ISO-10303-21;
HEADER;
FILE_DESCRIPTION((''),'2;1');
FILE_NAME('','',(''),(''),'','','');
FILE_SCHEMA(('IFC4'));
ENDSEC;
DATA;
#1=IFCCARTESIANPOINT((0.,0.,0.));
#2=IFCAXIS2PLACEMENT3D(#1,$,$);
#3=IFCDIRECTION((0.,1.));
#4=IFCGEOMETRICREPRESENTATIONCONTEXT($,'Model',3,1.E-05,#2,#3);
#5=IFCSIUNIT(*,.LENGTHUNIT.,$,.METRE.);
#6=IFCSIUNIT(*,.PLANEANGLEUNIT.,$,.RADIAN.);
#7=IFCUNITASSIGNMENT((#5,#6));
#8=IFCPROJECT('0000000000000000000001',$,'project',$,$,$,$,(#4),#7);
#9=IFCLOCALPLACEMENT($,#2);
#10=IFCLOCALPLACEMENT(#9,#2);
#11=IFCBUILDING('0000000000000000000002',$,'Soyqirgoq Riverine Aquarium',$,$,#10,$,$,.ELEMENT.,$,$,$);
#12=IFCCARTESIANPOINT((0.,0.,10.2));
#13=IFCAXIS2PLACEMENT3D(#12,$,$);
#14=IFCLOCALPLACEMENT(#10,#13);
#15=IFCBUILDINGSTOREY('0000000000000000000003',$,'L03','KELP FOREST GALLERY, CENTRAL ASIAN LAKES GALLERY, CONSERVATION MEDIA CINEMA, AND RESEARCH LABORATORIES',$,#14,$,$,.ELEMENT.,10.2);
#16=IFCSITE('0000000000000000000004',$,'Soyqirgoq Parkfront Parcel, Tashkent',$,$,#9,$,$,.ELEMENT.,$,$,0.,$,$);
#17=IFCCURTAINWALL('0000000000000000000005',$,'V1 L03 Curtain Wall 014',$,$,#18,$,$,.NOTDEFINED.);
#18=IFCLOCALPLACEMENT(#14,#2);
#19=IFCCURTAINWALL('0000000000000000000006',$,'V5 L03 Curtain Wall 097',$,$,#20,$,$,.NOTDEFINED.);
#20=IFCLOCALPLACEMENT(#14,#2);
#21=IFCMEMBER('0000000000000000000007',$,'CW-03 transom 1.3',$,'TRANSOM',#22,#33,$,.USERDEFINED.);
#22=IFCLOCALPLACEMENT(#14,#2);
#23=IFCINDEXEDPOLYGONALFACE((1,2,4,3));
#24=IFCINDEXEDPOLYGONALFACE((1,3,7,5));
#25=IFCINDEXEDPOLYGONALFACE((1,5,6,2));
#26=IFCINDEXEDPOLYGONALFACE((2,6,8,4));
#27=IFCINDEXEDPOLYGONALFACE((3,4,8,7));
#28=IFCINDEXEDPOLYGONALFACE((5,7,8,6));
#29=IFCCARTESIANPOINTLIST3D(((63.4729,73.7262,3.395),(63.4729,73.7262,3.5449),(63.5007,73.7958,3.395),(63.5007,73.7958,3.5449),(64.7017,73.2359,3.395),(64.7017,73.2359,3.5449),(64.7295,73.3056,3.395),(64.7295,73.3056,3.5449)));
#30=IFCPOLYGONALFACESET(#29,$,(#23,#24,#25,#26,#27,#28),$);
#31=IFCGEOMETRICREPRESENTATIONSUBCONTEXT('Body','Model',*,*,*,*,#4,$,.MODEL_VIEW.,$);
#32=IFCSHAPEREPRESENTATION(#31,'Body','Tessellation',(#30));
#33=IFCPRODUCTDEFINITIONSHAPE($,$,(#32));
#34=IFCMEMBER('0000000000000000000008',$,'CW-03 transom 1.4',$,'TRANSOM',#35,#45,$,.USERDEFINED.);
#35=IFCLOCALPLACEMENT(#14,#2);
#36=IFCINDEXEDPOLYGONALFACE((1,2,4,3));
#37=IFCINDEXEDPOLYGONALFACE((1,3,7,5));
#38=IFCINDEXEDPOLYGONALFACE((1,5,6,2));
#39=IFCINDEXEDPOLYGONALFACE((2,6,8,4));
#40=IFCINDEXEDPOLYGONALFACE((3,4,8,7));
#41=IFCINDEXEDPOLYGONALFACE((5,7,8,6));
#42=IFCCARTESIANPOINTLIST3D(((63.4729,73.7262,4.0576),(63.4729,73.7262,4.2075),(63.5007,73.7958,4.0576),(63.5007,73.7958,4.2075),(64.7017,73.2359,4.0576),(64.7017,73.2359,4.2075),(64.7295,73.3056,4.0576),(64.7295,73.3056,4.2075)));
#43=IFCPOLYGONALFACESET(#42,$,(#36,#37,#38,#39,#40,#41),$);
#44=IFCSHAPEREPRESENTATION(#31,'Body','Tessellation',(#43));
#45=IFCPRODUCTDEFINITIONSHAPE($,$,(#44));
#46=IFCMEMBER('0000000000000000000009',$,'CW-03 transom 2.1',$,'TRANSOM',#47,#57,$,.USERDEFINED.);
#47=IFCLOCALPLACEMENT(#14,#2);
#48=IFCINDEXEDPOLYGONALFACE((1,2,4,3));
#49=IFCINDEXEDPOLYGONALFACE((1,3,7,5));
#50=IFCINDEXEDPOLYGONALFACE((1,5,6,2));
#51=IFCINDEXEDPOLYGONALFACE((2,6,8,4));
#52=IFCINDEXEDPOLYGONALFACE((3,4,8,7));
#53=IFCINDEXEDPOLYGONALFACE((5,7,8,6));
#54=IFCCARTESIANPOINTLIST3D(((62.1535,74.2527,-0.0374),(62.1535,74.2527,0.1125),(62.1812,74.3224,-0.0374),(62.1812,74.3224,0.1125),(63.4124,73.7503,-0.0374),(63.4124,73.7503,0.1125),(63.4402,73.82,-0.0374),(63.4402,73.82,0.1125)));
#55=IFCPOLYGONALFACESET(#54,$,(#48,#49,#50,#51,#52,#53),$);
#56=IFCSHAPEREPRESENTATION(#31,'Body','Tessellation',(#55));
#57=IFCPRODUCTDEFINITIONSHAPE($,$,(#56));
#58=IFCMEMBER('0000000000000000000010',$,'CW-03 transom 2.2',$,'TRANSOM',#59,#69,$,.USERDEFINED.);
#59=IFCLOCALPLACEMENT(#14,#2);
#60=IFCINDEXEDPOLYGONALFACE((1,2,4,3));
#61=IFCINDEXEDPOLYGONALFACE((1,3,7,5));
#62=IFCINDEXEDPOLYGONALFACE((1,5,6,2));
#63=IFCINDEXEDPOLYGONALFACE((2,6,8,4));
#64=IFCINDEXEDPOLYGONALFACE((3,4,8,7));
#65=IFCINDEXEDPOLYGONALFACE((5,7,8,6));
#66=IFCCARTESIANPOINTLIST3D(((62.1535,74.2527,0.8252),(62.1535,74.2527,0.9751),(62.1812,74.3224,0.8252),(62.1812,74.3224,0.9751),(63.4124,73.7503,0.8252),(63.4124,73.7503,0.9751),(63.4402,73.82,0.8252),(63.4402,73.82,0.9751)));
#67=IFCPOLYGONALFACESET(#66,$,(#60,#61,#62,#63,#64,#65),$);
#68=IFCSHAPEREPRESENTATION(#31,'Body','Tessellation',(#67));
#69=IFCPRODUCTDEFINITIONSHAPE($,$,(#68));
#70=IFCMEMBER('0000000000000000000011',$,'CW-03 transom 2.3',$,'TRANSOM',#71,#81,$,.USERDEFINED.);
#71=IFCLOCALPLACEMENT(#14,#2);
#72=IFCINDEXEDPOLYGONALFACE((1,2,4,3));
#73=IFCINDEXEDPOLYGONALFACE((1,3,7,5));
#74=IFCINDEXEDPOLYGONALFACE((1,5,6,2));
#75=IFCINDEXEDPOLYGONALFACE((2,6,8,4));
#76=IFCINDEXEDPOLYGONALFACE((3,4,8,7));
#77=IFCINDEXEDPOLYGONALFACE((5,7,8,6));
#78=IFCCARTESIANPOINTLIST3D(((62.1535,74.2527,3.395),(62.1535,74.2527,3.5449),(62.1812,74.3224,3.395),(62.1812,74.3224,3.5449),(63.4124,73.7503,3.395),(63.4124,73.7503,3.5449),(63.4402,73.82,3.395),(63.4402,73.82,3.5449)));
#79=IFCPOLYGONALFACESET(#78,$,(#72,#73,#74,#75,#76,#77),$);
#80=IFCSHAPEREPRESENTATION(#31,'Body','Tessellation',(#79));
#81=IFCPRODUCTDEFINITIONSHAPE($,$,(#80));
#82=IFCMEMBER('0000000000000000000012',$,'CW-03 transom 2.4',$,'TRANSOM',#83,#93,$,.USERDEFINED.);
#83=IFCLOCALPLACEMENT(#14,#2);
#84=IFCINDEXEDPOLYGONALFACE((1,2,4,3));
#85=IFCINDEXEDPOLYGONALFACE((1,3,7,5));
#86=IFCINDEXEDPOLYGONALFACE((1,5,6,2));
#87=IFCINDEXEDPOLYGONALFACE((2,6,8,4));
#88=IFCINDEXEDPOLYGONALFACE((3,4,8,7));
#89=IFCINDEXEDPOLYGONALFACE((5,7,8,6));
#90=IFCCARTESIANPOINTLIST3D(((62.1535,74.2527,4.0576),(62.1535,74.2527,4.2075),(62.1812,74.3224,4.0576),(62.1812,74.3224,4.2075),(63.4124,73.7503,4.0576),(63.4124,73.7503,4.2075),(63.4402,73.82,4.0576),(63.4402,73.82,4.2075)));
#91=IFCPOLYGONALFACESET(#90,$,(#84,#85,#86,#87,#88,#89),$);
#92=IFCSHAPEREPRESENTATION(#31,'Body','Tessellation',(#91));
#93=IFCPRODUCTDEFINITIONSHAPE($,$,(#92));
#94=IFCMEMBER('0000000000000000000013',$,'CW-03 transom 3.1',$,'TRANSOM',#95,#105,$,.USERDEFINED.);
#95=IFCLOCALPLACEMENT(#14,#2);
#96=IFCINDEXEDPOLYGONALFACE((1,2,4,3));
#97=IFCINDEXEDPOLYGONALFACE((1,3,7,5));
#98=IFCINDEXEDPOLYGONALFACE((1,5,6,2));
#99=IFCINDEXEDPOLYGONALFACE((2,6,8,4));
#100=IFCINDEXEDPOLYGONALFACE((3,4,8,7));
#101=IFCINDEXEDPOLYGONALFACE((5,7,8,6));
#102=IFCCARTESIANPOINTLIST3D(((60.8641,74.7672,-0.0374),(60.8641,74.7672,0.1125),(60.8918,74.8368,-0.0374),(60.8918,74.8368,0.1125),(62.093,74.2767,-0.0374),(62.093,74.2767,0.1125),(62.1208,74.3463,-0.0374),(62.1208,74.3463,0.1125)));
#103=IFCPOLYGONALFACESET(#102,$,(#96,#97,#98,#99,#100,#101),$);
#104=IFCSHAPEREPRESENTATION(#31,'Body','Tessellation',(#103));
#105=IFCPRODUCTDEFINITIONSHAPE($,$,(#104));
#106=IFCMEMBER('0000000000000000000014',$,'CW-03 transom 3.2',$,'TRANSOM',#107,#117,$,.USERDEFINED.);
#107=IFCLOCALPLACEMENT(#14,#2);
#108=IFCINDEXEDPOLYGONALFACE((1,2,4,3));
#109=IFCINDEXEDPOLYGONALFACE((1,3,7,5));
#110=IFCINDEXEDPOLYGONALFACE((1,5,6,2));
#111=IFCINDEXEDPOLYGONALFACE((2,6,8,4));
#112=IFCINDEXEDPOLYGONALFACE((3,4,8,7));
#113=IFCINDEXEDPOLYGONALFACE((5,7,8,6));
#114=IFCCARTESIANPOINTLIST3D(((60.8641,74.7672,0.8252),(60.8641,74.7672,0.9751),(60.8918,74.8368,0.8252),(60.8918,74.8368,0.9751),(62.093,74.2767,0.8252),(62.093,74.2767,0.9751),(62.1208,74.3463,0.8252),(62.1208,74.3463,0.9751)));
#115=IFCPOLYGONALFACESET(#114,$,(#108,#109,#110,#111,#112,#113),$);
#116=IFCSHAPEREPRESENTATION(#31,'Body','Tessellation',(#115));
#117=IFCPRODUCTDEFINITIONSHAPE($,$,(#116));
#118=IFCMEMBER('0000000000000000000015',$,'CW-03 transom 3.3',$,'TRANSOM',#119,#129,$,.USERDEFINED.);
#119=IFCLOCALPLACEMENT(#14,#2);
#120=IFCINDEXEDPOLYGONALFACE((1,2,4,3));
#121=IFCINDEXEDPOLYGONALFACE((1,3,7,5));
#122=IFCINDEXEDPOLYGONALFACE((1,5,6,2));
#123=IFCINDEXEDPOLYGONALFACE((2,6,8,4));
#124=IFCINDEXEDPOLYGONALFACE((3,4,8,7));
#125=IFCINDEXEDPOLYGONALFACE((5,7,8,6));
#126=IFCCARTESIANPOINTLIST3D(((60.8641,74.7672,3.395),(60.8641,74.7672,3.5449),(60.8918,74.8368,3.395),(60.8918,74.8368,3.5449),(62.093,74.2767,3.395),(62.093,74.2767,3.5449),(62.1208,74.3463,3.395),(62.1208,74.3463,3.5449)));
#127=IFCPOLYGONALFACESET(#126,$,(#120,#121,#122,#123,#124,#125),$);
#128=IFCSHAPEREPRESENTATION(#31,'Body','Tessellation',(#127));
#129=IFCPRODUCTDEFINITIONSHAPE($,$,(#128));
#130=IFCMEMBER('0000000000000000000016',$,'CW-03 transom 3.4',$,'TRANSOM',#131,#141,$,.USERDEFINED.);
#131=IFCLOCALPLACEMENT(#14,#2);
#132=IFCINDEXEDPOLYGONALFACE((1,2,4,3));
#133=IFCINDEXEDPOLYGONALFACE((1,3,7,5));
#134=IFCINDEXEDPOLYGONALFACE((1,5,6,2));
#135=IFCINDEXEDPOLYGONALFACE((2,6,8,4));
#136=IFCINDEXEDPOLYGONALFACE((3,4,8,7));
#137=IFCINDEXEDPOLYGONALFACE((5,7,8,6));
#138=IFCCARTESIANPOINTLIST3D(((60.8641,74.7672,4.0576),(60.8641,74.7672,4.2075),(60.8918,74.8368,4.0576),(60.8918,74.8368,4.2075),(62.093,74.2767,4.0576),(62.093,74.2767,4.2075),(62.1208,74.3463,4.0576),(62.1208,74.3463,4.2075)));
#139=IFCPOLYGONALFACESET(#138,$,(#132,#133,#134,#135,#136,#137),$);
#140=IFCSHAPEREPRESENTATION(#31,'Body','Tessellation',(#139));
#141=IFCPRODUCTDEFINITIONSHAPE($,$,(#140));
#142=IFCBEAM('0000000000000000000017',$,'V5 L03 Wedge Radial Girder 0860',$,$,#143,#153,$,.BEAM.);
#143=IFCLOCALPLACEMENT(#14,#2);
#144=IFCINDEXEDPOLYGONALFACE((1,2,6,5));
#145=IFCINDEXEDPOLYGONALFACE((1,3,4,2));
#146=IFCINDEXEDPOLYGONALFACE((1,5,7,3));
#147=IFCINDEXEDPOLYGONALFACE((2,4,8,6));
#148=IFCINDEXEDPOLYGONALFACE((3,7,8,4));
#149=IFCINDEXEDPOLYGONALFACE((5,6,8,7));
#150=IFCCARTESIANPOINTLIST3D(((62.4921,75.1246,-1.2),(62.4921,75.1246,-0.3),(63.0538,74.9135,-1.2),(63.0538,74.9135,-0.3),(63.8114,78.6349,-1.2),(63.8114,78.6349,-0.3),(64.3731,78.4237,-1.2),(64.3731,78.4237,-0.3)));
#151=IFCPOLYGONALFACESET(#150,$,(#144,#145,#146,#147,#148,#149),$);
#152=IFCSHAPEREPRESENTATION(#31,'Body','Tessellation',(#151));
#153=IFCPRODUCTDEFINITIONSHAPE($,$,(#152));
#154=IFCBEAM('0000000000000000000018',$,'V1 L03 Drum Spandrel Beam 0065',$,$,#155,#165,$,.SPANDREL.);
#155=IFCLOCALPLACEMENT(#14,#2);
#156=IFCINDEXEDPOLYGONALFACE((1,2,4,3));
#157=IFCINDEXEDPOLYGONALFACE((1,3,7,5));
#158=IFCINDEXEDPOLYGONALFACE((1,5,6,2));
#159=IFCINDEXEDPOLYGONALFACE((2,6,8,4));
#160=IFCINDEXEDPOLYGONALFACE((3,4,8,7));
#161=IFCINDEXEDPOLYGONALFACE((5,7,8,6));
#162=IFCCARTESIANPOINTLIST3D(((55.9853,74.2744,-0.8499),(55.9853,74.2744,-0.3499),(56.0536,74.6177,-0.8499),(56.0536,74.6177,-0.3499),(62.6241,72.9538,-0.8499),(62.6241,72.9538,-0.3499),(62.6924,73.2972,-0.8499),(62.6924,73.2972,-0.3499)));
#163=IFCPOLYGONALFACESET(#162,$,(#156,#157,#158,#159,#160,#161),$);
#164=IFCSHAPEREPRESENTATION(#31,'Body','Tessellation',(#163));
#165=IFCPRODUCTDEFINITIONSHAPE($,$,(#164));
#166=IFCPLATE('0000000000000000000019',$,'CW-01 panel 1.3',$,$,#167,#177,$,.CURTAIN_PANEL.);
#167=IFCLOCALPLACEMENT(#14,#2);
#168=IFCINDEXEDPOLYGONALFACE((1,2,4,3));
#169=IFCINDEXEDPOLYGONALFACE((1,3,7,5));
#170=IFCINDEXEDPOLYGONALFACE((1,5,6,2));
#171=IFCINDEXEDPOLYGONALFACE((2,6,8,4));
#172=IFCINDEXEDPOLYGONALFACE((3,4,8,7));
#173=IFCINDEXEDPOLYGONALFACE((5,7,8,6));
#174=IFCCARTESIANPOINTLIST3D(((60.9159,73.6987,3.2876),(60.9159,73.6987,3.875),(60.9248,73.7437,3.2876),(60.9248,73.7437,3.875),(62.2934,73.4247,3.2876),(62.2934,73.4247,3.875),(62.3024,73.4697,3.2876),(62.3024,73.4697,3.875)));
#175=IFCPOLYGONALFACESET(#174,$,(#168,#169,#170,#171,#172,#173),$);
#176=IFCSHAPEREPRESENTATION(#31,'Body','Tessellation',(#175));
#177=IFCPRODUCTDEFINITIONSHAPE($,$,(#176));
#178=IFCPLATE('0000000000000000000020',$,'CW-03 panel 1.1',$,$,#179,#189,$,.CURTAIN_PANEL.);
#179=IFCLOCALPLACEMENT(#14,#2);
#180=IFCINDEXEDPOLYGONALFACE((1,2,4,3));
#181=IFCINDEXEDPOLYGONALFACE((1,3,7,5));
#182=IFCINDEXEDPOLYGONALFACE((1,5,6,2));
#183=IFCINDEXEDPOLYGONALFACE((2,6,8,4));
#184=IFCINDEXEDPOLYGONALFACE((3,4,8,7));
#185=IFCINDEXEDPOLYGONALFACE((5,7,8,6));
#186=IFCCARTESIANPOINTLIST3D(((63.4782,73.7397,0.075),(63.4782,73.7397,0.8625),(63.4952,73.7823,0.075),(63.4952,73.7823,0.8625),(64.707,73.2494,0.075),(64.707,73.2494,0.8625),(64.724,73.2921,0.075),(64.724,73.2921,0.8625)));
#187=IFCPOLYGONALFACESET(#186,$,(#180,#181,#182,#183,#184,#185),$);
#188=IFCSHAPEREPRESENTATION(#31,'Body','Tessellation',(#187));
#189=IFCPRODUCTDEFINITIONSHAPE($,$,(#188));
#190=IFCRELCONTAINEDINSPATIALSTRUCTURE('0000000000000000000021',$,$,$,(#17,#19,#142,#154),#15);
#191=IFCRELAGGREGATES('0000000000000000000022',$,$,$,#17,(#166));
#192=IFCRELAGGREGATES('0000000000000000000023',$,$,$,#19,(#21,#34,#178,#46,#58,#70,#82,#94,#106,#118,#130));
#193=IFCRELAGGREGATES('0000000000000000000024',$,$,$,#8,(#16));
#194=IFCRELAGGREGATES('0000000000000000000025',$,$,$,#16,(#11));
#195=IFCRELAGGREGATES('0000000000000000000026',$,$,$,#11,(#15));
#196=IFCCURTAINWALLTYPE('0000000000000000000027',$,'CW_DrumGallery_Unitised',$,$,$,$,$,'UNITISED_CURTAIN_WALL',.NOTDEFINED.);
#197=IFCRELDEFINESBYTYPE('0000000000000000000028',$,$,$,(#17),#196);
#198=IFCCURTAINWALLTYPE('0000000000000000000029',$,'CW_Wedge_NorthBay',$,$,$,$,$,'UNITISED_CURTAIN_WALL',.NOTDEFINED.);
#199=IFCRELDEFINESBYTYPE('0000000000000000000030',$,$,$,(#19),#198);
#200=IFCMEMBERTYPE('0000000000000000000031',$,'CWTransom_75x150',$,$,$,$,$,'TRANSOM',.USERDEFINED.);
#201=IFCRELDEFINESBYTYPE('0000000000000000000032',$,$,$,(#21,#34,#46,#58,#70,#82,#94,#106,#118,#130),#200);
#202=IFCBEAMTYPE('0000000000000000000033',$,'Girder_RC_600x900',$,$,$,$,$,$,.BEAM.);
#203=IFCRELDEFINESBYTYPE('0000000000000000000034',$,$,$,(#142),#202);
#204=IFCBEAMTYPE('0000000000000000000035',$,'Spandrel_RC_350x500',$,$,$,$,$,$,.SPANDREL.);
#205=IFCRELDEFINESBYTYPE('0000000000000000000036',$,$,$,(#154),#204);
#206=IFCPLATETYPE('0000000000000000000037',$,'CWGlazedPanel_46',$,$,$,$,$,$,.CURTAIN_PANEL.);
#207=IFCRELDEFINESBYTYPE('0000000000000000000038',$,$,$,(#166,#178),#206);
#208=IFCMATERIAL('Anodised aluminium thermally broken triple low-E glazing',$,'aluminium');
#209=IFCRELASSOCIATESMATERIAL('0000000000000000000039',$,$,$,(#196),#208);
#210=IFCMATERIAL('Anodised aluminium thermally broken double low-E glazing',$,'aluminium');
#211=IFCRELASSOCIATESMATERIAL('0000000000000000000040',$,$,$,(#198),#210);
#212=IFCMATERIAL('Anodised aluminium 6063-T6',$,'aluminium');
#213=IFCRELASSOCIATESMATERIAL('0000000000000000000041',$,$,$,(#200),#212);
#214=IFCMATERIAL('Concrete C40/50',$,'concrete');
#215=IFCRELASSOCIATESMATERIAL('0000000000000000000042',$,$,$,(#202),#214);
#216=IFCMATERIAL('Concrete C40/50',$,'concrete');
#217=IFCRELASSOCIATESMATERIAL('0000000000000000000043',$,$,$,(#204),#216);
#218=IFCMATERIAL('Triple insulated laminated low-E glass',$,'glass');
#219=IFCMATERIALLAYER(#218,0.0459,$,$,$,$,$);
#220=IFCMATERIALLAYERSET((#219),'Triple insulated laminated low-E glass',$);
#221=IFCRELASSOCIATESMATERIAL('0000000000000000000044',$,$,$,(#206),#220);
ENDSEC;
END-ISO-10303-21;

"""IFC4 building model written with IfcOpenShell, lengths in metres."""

from ifc_helpers import new_model, si_unit, direction, frame, origin, origin_2d, place, context, subcontext, project, spatial, rectangle, extrude, material, layer, layer_set, material_profile, profile_set, type_object, element, aggregate, save


model = new_model("IFC4")

# Units and contexts
model_context = context("Model", 3, precision=1e-05, world=origin(), true_north=direction((0.0, 1.0)))
body_context = subcontext(model_context, "Body", "Model", "MODEL_VIEW")
ifc_project = project(units=[si_unit("LENGTHUNIT", "METRE"), si_unit("PLANEANGLEUNIT", "RADIAN")], contexts=[model_context])

# Site, building, storey
site_placement = place(None, origin())
site = spatial("IfcSite", under=ifc_project, at=site_placement, Name="Soyqirgoq Parkfront Parcel, Tashkent", CompositionType="ELEMENT", RefElevation=0.0)
building_placement = place(site_placement, origin())
building = spatial("IfcBuilding", under=site, at=building_placement, Name="Soyqirgoq Riverine Aquarium", CompositionType="ELEMENT")
storey_placement = place(building_placement, frame((0.0, 0.0, 10.2)))
storey = spatial("IfcBuildingStorey", under=building, at=storey_placement, Name="L03", Description="KELP FOREST GALLERY, CENTRAL ASIAN LAKES GALLERY, CONSERVATION MEDIA CINEMA, AND RESEARCH LABORATORIES", CompositionType="ELEMENT", Elevation=10.2)

# Curtain wall
ifc_material_1 = material(Name="Anodised aluminium thermally broken triple low-E glazing", Category="aluminium")
curtain_wall_type_1 = type_object("IfcCurtainWallType", Name="CW_DrumGallery_Unitised", ElementType="UNITISED_CURTAIN_WALL", PredefinedType="NOTDEFINED", material=ifc_material_1)
curtain_wall_1_placement = place(storey_placement, origin())
curtain_wall_1 = element("IfcCurtainWall", 1, at=curtain_wall_1_placement, inside=storey, type_object=curtain_wall_type_1, Name="V1 L03 Curtain Wall 014", PredefinedType="NOTDEFINED")

# Curtain wall
ifc_material_2 = material(Name="Anodised aluminium thermally broken double low-E glazing", Category="aluminium")
curtain_wall_type_2 = type_object("IfcCurtainWallType", Name="CW_Wedge_NorthBay", ElementType="UNITISED_CURTAIN_WALL", PredefinedType="NOTDEFINED", material=ifc_material_2)
curtain_wall_2_placement = place(storey_placement, origin())
curtain_wall_2 = element("IfcCurtainWall", 2, at=curtain_wall_2_placement, inside=storey, type_object=curtain_wall_type_2, Name="V5 L03 Curtain Wall 097", PredefinedType="NOTDEFINED")

# Members
ifc_material_3 = material(Name="Anodised aluminium 6063-T6", Category="aluminium")
ifc_material_profile_1 = material_profile(ifc_material_3, rectangle(XDim=0.075, YDim=0.1499, at=origin_2d()), Name="ALU-T 75x150")
ifc_profile_set_1 = profile_set([ifc_material_profile_1], Name="Anodised aluminium 6063-T6")
member_type_1 = type_object("IfcMemberType", Name="CWTransom_75x150", ElementType="TRANSOM", PredefinedType="USERDEFINED", material=ifc_profile_set_1)
member_1_placement = place(storey_placement, frame((64.7156, 73.2708, 3.47), z_axis=(-0.928807, 0.370563, 0.0), x_axis=(-0.370563, -0.928807, 0.0)))
member_1 = element("IfcMember", 3, at=member_1_placement, type_object=member_type_1, Name="CW-03 transom 1.3", ObjectType="TRANSOM", PredefinedType="USERDEFINED", context=body_context, shape_type="SweptSolid", body=[
    extrude(rectangle(XDim=0.075, YDim=0.1499, at=origin_2d()), origin(), (0.0, 0.0, 1.0), 1.323),
])
member_2_placement = place(storey_placement, frame((64.7156, 73.2708, 4.1326), z_axis=(-0.928807, 0.370563, 0.0), x_axis=(-0.370563, -0.928807, 0.0)))
member_2 = element("IfcMember", 4, at=member_2_placement, type_object=member_type_1, Name="CW-03 transom 1.4", ObjectType="TRANSOM", PredefinedType="USERDEFINED", context=body_context, shape_type="SweptSolid", body=[
    extrude(rectangle(XDim=0.075, YDim=0.1499, at=origin_2d()), origin(), (0.0, 0.0, 1.0), 1.323),
])
member_3_placement = place(storey_placement, frame((63.4263, 73.7852, 0.0376), z_axis=(-0.928774, 0.370645, 0.0), x_axis=(-0.370645, -0.928774, 0.0)))
member_3 = element("IfcMember", 5, at=member_3_placement, type_object=member_type_1, Name="CW-03 transom 2.1", ObjectType="TRANSOM", PredefinedType="USERDEFINED", context=body_context, shape_type="SweptSolid", body=[
    extrude(rectangle(XDim=0.075, YDim=0.1499, at=origin_2d()), origin(), (0.0, 0.0, 1.0), 1.3555),
])
member_4_placement = place(storey_placement, frame((63.4263, 73.7852, 0.9001), z_axis=(-0.928774, 0.370645, 0.0), x_axis=(-0.370645, -0.928774, 0.0)))
member_4 = element("IfcMember", 6, at=member_4_placement, type_object=member_type_1, Name="CW-03 transom 2.2", ObjectType="TRANSOM", PredefinedType="USERDEFINED", context=body_context, shape_type="SweptSolid", body=[
    extrude(rectangle(XDim=0.075, YDim=0.1499, at=origin_2d()), origin(), (0.0, 0.0, 1.0), 1.3555),
])
member_5_placement = place(storey_placement, frame((63.4263, 73.7852, 3.47), z_axis=(-0.928774, 0.370645, 0.0), x_axis=(-0.370645, -0.928774, 0.0)))
member_5 = element("IfcMember", 7, at=member_5_placement, type_object=member_type_1, Name="CW-03 transom 2.3", ObjectType="TRANSOM", PredefinedType="USERDEFINED", context=body_context, shape_type="SweptSolid", body=[
    extrude(rectangle(XDim=0.075, YDim=0.1499, at=origin_2d()), origin(), (0.0, 0.0, 1.0), 1.3555),
])
member_6_placement = place(storey_placement, frame((63.4263, 73.7852, 4.1326), z_axis=(-0.928774, 0.370645, 0.0), x_axis=(-0.370645, -0.928774, 0.0)))
member_6 = element("IfcMember", 8, at=member_6_placement, type_object=member_type_1, Name="CW-03 transom 2.4", ObjectType="TRANSOM", PredefinedType="USERDEFINED", context=body_context, shape_type="SweptSolid", body=[
    extrude(rectangle(XDim=0.075, YDim=0.1499, at=origin_2d()), origin(), (0.0, 0.0, 1.0), 1.3555),
])
member_7_placement = place(storey_placement, frame((62.1069, 74.3115, 0.0376), z_axis=(-0.928769, 0.370659, 0.0), x_axis=(-0.370659, -0.928769, 0.0)))
member_7 = element("IfcMember", 9, at=member_7_placement, type_object=member_type_1, Name="CW-03 transom 3.1", ObjectType="TRANSOM", PredefinedType="USERDEFINED", context=body_context, shape_type="SweptSolid", body=[
    extrude(rectangle(XDim=0.075, YDim=0.1499, at=origin_2d()), origin(), (0.0, 0.0, 1.0), 1.3232),
])
member_8_placement = place(storey_placement, frame((62.1069, 74.3115, 0.9001), z_axis=(-0.928769, 0.370659, 0.0), x_axis=(-0.370659, -0.928769, 0.0)))
member_8 = element("IfcMember", 10, at=member_8_placement, type_object=member_type_1, Name="CW-03 transom 3.2", ObjectType="TRANSOM", PredefinedType="USERDEFINED", context=body_context, shape_type="SweptSolid", body=[
    extrude(rectangle(XDim=0.075, YDim=0.1499, at=origin_2d()), origin(), (0.0, 0.0, 1.0), 1.3232),
])
member_9_placement = place(storey_placement, frame((62.1069, 74.3115, 3.47), z_axis=(-0.928769, 0.370659, 0.0), x_axis=(-0.370659, -0.928769, 0.0)))
member_9 = element("IfcMember", 11, at=member_9_placement, type_object=member_type_1, Name="CW-03 transom 3.3", ObjectType="TRANSOM", PredefinedType="USERDEFINED", context=body_context, shape_type="SweptSolid", body=[
    extrude(rectangle(XDim=0.075, YDim=0.1499, at=origin_2d()), origin(), (0.0, 0.0, 1.0), 1.3232),
])
member_10_placement = place(storey_placement, frame((62.1069, 74.3115, 4.1326), z_axis=(-0.928769, 0.370659, 0.0), x_axis=(-0.370659, -0.928769, 0.0)))
member_10 = element("IfcMember", 12, at=member_10_placement, type_object=member_type_1, Name="CW-03 transom 3.4", ObjectType="TRANSOM", PredefinedType="USERDEFINED", context=body_context, shape_type="SweptSolid", body=[
    extrude(rectangle(XDim=0.075, YDim=0.1499, at=origin_2d()), origin(), (0.0, 0.0, 1.0), 1.3232),
])

# Beams
ifc_material_4 = material(Name="Concrete C40/50", Category="concrete")
ifc_material_profile_2 = material_profile(ifc_material_4, rectangle(XDim=0.6001, YDim=0.8999, at=origin_2d()), Name="RC 600x900")
ifc_profile_set_2 = profile_set([ifc_material_profile_2], Name="Concrete C40/50")
beam_type_1 = type_object("IfcBeamType", Name="Girder_RC_600x900", PredefinedType="BEAM", material=ifc_profile_set_2)
beam_1_placement = place(storey_placement, frame((62.7729, 75.019, -0.75), z_axis=(0.351823, 0.936067, 0.0), x_axis=(-0.936067, 0.351823, 0.0)))
element("IfcBeam", 13, at=beam_1_placement, inside=storey, type_object=beam_type_1, Name="V5 L03 Wedge Radial Girder 0860", PredefinedType="BEAM", context=body_context, shape_type="SweptSolid", body=[
    extrude(rectangle(XDim=0.6001, YDim=0.8999, at=origin_2d()), origin(), (0.0, 0.0, 1.0), 3.75),
])
ifc_material_5 = material(Name="Concrete C40/50", Category="concrete")
ifc_material_profile_3 = material_profile(ifc_material_5, rectangle(XDim=0.3501, YDim=0.5, at=origin_2d()), Name="RC 350x500")
ifc_profile_set_3 = profile_set([ifc_material_profile_3], Name="Concrete C40/50")
beam_type_2 = type_object("IfcBeamType", Name="Spandrel_RC_350x500", PredefinedType="SPANDREL", material=ifc_profile_set_3)
beam_2_placement = place(storey_placement, frame((62.6582, 73.1255, -0.5999), z_axis=(-0.980784, 0.195096, 0.0), x_axis=(-0.195096, -0.980784, 0.0)))
element("IfcBeam", 14, at=beam_2_placement, inside=storey, type_object=beam_type_2, Name="V1 L03 Drum Spandrel Beam 0065", PredefinedType="SPANDREL", context=body_context, shape_type="SweptSolid", body=[
    extrude(rectangle(XDim=0.3501, YDim=0.5, at=origin_2d()), origin(), (0.0, 0.0, 1.0), 6.7688),
])

# Plates
ifc_material_6 = material(Name="Triple insulated laminated low-E glass", Category="glass")
ifc_layer_1 = layer(ifc_material_6, 0.0459)
ifc_layer_set_1 = layer_set([ifc_layer_1], Name="Triple insulated laminated low-E glass")
plate_type = type_object("IfcPlateType", Name="CWGlazedPanel_46", PredefinedType="CURTAIN_PANEL", material=ifc_layer_set_1)
plate_1_placement = place(storey_placement, frame((61.6091, 73.5842, 3.2876), z_axis=(0.0, 0.0, 1.0), x_axis=(-0.980784, 0.195095, 0.0)))
plate_1 = element("IfcPlate", 15, at=plate_1_placement, type_object=plate_type, Name="CW-01 panel 1.3", PredefinedType="CURTAIN_PANEL", context=body_context, shape_type="SweptSolid", body=[
    extrude(rectangle(XDim=1.4045, YDim=0.0459, at=origin_2d()), origin(), (0.0, 0.0, 1.0), 0.5874),
])
aggregate(curtain_wall_1, [plate_1])
plate_2_placement = place(storey_placement, frame((64.1011, 73.5159, 0.075), z_axis=(0.0, 0.0, 1.0), x_axis=(-0.928805, 0.370569, 0.0)))
plate_2 = element("IfcPlate", 16, at=plate_2_placement, type_object=plate_type, Name="CW-03 panel 1.1", PredefinedType="CURTAIN_PANEL", context=body_context, shape_type="SweptSolid", body=[
    extrude(rectangle(XDim=1.323, YDim=0.0459, at=origin_2d()), origin(), (0.0, 0.0, 1.0), 0.7876),
])
aggregate(curtain_wall_2, [member_1, member_2, plate_2, member_3, member_4, member_5, member_6, member_7, member_8, member_9, member_10])

save(model, "model.ifc")
